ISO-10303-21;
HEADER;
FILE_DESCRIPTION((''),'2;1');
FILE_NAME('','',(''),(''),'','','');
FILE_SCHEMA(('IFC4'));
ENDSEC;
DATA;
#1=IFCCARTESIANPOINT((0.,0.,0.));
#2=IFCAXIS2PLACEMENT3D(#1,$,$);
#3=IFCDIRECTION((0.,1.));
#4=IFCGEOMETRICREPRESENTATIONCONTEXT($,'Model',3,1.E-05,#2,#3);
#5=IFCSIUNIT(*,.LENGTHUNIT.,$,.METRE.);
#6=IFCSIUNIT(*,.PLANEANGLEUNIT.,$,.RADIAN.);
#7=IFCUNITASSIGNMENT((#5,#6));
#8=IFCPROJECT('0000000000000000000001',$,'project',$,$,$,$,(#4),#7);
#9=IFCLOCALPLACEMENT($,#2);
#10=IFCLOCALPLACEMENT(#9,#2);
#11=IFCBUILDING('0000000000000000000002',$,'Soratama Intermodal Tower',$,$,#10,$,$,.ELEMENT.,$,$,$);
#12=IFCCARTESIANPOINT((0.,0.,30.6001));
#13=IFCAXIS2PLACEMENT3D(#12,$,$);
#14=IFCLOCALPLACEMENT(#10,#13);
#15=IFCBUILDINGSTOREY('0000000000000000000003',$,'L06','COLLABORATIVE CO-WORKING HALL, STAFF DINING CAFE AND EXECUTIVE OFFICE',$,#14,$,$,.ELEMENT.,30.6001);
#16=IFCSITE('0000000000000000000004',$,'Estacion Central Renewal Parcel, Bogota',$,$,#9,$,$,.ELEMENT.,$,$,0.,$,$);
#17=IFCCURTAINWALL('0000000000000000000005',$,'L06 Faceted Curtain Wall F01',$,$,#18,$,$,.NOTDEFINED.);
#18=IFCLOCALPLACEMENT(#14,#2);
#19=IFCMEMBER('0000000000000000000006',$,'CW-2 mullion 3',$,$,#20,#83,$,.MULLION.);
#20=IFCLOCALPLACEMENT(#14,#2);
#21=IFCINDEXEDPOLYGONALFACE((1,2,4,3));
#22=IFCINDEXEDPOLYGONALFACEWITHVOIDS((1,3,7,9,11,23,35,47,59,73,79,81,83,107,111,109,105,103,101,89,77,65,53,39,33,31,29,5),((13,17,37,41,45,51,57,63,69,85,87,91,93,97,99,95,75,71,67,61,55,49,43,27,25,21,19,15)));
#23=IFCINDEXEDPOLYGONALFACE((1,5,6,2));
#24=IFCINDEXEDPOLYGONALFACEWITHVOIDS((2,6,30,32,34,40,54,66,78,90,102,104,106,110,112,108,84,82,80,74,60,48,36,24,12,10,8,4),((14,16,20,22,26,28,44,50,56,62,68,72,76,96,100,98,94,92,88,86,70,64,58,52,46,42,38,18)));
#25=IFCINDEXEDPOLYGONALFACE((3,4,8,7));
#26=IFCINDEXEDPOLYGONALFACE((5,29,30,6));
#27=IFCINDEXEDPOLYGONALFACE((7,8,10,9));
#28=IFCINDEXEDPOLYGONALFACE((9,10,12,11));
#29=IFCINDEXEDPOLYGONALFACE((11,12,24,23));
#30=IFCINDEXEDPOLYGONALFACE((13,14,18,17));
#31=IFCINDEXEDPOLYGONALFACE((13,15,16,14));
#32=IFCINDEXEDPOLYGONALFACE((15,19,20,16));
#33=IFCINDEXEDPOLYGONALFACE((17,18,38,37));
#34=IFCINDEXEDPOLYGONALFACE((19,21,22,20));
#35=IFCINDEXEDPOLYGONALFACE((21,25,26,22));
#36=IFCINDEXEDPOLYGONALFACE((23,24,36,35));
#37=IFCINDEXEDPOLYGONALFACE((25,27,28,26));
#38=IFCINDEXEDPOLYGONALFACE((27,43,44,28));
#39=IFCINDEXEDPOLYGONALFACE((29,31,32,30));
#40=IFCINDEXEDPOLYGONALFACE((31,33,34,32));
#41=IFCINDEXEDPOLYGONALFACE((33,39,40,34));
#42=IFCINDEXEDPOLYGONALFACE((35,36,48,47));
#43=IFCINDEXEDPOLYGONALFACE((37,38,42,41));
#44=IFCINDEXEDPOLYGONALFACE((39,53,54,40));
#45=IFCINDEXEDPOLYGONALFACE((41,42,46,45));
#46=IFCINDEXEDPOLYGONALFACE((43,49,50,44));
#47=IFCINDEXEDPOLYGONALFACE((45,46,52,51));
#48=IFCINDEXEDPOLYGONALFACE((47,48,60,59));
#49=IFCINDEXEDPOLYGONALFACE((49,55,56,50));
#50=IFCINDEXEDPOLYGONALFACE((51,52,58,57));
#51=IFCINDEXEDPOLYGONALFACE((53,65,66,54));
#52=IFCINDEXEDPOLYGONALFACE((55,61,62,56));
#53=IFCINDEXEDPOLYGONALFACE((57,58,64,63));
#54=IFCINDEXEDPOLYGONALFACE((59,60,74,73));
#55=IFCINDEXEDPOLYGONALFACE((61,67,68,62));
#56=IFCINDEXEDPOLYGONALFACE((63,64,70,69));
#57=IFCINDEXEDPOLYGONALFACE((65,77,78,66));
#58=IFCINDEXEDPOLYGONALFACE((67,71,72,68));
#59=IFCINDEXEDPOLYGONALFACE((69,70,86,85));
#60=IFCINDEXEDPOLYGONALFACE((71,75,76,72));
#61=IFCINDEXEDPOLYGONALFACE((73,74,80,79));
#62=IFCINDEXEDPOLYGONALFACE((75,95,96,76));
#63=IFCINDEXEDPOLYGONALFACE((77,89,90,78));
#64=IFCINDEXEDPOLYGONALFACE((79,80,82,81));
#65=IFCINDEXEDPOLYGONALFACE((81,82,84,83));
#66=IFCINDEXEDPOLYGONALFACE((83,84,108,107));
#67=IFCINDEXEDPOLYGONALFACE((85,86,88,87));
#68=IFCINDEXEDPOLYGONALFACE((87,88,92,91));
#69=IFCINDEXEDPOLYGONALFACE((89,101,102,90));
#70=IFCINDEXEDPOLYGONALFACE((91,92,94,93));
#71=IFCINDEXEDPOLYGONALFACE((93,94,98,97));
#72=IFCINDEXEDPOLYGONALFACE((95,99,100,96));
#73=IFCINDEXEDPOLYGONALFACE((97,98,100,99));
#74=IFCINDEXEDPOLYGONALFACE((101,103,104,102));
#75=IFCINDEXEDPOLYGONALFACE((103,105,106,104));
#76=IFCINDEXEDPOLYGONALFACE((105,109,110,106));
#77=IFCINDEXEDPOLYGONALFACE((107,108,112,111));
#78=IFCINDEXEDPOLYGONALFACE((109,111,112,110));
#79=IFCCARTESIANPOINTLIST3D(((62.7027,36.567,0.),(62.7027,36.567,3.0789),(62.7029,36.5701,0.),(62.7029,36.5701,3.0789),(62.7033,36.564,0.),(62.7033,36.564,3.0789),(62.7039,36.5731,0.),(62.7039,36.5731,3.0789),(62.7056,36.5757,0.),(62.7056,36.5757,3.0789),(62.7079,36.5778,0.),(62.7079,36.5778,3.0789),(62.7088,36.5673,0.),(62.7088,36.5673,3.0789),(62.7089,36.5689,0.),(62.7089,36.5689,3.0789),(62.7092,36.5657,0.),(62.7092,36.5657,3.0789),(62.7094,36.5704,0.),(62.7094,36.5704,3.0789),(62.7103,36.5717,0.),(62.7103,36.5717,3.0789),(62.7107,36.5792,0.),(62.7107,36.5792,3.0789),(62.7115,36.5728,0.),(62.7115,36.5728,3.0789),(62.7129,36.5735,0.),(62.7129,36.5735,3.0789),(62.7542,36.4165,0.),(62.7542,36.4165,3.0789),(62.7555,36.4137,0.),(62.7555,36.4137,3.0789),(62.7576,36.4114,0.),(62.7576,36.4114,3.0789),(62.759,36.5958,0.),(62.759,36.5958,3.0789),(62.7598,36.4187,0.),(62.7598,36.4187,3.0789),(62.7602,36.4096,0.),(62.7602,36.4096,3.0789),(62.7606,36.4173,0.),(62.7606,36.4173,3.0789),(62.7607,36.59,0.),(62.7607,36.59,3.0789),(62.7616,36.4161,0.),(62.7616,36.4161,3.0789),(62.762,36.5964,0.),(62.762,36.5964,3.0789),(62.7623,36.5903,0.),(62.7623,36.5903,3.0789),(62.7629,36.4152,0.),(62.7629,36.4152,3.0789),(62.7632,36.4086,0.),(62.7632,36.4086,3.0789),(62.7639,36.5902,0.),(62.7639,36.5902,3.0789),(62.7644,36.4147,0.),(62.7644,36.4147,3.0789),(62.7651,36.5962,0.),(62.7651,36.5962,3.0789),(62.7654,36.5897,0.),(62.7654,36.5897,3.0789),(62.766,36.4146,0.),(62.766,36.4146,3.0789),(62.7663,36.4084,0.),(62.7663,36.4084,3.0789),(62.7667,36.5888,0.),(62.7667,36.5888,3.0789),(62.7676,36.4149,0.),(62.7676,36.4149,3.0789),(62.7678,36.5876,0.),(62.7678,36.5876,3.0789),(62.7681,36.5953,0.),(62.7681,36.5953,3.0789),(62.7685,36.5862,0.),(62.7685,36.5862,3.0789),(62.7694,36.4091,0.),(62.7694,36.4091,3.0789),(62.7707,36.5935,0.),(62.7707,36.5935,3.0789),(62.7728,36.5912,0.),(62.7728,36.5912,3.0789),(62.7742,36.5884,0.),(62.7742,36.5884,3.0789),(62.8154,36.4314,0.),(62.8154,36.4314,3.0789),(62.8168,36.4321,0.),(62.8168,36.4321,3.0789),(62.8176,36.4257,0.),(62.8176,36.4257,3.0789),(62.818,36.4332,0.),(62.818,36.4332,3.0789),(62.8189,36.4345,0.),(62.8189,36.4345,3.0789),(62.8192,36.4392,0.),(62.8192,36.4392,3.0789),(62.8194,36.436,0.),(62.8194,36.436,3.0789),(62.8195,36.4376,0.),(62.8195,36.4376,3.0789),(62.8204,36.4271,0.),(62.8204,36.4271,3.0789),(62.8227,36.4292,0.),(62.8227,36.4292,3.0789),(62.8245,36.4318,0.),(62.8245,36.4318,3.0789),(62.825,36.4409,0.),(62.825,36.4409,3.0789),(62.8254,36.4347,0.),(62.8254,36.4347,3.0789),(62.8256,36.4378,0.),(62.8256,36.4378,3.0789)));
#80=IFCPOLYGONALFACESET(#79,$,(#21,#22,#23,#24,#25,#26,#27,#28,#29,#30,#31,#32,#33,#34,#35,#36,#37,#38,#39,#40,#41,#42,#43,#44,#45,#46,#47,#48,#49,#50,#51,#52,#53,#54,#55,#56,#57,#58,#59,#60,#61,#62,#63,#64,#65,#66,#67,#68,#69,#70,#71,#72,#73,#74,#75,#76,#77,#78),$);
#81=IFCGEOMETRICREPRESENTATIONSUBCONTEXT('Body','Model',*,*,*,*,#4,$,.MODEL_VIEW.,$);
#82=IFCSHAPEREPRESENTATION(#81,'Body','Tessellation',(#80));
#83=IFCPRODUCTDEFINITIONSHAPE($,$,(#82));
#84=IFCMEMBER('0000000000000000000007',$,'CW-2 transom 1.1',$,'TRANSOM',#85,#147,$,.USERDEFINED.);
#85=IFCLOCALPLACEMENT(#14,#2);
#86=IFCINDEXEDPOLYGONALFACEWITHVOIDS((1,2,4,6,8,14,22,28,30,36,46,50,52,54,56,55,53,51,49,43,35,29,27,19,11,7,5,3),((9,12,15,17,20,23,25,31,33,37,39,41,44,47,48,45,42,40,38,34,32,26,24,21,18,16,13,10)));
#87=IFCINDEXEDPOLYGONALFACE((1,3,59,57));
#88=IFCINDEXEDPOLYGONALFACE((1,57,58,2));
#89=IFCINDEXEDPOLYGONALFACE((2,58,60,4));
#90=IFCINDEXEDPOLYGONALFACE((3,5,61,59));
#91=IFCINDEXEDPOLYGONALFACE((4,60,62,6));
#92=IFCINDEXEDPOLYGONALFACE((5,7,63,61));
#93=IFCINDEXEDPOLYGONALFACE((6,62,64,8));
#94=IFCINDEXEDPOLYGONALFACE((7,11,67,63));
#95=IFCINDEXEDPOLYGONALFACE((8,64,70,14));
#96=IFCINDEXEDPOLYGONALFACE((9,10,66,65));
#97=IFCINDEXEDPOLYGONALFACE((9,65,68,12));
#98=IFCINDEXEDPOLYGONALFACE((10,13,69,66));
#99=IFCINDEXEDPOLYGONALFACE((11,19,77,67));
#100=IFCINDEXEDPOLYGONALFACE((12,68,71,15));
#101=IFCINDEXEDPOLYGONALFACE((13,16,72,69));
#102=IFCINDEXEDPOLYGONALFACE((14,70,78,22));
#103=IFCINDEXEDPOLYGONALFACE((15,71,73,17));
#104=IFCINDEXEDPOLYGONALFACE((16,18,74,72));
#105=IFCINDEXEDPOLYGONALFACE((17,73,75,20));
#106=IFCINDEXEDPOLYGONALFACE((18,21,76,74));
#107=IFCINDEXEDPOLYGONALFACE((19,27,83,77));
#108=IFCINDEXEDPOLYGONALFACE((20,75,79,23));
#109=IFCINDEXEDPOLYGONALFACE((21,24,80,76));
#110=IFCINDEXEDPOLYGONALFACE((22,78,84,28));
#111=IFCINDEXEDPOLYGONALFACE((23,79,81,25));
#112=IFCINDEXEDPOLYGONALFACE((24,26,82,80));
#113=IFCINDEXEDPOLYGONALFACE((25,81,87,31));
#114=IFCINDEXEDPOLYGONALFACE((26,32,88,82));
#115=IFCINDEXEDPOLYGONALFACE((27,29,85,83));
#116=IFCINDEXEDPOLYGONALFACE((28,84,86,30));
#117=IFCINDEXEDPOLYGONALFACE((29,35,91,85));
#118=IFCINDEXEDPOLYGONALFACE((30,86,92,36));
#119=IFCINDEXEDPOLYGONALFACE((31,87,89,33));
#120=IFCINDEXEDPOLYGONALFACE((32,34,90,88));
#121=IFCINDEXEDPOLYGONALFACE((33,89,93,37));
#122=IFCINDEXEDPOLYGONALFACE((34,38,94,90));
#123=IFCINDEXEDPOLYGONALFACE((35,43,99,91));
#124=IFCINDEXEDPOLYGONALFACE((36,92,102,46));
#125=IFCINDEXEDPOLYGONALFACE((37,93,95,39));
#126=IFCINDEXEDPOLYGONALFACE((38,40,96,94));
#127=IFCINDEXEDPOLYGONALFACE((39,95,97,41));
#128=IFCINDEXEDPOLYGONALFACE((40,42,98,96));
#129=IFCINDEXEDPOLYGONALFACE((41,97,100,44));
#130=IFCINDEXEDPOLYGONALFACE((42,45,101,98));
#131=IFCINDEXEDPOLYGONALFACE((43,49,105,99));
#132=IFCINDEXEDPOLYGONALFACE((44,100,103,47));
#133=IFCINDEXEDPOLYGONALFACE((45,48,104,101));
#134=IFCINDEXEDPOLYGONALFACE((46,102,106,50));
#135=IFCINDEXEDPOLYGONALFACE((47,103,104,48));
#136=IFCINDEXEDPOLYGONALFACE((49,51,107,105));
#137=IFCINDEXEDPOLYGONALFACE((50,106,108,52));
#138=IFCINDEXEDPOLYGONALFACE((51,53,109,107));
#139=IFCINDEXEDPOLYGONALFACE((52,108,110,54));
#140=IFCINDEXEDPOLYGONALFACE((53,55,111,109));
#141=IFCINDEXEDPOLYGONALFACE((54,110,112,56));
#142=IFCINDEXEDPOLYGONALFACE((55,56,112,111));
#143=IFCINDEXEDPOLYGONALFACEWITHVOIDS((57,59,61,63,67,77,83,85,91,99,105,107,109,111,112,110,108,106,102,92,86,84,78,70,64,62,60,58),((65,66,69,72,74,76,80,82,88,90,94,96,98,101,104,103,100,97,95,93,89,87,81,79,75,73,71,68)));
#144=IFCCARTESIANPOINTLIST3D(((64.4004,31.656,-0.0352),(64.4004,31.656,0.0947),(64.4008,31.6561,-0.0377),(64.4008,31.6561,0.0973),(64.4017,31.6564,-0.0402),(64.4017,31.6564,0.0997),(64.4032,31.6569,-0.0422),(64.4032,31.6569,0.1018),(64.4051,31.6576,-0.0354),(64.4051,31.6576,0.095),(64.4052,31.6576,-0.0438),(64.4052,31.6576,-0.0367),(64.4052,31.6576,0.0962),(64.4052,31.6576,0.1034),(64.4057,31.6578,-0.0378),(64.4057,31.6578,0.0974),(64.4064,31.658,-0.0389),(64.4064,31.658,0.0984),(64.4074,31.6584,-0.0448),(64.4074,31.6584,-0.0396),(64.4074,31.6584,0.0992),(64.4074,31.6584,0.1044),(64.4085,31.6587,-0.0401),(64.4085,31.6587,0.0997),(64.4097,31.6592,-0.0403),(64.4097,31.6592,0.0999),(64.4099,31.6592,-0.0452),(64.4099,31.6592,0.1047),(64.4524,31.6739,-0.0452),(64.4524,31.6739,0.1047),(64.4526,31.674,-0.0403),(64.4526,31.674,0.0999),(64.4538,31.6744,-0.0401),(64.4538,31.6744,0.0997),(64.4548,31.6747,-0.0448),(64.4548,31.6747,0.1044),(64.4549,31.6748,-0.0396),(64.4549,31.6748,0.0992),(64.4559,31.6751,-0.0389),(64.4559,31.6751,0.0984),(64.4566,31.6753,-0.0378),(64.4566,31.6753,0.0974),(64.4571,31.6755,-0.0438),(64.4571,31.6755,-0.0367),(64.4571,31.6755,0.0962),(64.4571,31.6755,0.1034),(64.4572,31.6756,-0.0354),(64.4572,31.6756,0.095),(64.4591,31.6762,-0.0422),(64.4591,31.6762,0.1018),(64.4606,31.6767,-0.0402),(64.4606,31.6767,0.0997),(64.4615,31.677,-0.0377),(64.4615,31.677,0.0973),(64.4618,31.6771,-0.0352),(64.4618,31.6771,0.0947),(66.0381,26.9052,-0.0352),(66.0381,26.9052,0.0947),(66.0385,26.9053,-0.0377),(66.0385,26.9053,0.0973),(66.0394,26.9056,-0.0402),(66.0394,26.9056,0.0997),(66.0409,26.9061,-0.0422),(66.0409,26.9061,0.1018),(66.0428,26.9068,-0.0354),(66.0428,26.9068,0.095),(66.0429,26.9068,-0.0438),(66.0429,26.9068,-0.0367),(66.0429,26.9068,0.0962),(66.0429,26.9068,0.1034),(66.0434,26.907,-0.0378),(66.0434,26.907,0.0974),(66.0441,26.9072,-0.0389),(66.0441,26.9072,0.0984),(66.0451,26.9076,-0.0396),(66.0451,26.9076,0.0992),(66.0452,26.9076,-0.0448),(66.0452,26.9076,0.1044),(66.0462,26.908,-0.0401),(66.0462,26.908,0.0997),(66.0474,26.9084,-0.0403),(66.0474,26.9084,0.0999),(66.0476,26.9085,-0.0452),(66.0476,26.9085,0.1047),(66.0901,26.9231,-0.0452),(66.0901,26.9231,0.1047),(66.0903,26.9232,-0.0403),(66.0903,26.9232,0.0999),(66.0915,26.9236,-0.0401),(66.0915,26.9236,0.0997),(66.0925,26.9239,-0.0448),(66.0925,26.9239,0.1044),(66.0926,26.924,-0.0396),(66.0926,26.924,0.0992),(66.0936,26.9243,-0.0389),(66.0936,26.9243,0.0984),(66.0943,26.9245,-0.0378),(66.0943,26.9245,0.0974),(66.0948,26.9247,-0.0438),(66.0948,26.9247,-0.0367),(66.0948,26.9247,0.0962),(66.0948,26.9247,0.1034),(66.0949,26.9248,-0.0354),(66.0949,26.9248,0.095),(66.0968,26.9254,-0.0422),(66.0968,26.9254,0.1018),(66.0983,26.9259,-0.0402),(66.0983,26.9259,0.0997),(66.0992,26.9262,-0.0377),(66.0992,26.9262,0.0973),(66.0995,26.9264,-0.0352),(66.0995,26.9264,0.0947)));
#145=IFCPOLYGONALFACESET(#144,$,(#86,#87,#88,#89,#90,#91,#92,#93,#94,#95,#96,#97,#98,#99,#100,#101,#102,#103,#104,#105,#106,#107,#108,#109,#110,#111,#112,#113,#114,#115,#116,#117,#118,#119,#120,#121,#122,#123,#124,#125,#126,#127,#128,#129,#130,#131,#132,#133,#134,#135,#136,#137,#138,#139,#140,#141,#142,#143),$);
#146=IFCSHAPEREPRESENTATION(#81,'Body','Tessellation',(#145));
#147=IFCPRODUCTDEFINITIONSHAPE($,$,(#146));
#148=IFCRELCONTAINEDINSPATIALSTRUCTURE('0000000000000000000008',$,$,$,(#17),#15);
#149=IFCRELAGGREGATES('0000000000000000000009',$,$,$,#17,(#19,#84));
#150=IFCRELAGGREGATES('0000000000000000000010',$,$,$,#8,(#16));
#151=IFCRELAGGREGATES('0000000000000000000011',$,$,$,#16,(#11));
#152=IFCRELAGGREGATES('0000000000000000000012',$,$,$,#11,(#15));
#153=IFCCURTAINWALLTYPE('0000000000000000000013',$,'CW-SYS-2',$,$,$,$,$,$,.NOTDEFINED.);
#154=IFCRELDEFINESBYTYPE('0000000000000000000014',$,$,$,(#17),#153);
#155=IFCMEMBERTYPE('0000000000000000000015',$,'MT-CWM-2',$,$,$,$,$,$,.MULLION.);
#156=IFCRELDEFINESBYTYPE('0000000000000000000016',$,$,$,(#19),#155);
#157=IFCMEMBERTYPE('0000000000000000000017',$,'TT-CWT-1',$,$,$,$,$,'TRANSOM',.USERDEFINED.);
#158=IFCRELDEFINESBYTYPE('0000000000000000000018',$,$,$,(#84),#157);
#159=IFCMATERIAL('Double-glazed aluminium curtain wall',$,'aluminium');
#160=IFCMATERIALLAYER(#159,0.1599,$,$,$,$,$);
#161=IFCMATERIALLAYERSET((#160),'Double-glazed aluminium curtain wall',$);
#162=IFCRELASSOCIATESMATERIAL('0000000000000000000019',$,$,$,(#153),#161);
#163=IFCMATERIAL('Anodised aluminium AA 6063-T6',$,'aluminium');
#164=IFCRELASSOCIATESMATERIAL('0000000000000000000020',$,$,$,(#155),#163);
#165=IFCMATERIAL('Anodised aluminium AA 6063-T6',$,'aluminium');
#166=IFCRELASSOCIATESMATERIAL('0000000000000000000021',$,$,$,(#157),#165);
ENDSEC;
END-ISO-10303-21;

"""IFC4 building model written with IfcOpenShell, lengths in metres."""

from ifc_helpers import new_model, si_unit, direction, frame, origin, origin_2d, place, context, subcontext, project, spatial, hollow_rectangle, extrude, material, layer, layer_set, material_profile, profile_set, type_object, element, aggregate, save


model = new_model("IFC4")

# Units and contexts
model_context = context("Model", 3, precision=1e-05, world=origin(), true_north=direction((0.0, 1.0)))
body_context = subcontext(model_context, "Body", "Model", "MODEL_VIEW")
ifc_project = project(units=[si_unit("LENGTHUNIT", "METRE"), si_unit("PLANEANGLEUNIT", "RADIAN")], contexts=[model_context])

# Site, building, storey
site_placement = place(None, origin())
site = spatial("IfcSite", under=ifc_project, at=site_placement, Name="Estacion Central Renewal Parcel, Bogota", CompositionType="ELEMENT", RefElevation=0.0)
building_placement = place(site_placement, origin())
building = spatial("IfcBuilding", under=site, at=building_placement, Name="Soratama Intermodal Tower", CompositionType="ELEMENT")
storey_placement = place(building_placement, frame((0.0, 0.0, 30.6001)))
storey = spatial("IfcBuildingStorey", under=building, at=storey_placement, Name="L06", Description="COLLABORATIVE CO-WORKING HALL, STAFF DINING CAFE AND EXECUTIVE OFFICE", CompositionType="ELEMENT", Elevation=30.6001)

# Curtain wall, members
ifc_material_1 = material(Name="Double-glazed aluminium curtain wall", Category="aluminium")
ifc_layer_1 = layer(ifc_material_1, 0.1599)
ifc_layer_set_1 = layer_set([ifc_layer_1], Name="Double-glazed aluminium curtain wall")
curtain_wall_type = type_object("IfcCurtainWallType", Name="CW-SYS-2", PredefinedType="NOTDEFINED", material=ifc_layer_set_1)
curtain_wall_placement = place(storey_placement, origin())
curtain_wall = element("IfcCurtainWall", 1, at=curtain_wall_placement, inside=storey, type_object=curtain_wall_type, Name="L06 Faceted Curtain Wall F01", PredefinedType="NOTDEFINED")
ifc_material_2 = material(Name="Anodised aluminium AA 6063-T6", Category="aluminium")
ifc_material_profile_1 = material_profile(ifc_material_2, hollow_rectangle(XDim=0.075, YDim=0.1799, WallThickness=0.0061, InnerFilletRadius=0.0061, OuterFilletRadius=0.012, at=origin_2d()), Name="CWM180X75X6")
ifc_profile_set_1 = profile_set([ifc_material_profile_1], Name="Anodised aluminium AA 6063-T6")
member_type_1 = type_object("IfcMemberType", Name="MT-CWM-2", PredefinedType="MULLION", material=ifc_profile_set_1)
member_1_placement = place(storey_placement, frame((62.7642, 36.5024, 0.0), z_axis=(0.0, 0.0, 1.0), x_axis=(-0.945406, -0.325894, 0.0)))
member_1 = element("IfcMember", 2, at=member_1_placement, type_object=member_type_1, Name="CW-2 mullion 3", PredefinedType="MULLION", context=body_context, shape_type="SweptSolid", body=[
    extrude(hollow_rectangle(XDim=0.075, YDim=0.1799, WallThickness=0.0061, InnerFilletRadius=0.0061, OuterFilletRadius=0.012, at=origin_2d()), origin(), (0.0, 0.0, 1.0), 3.0789),
])
ifc_material_3 = material(Name="Anodised aluminium AA 6063-T6", Category="aluminium")
ifc_material_profile_2 = material_profile(ifc_material_3, hollow_rectangle(XDim=0.0649, YDim=0.1499, WallThickness=0.0049, InnerFilletRadius=0.0049, OuterFilletRadius=0.01, at=origin_2d()), Name="CWT150X65X5")
ifc_profile_set_2 = profile_set([ifc_material_profile_2], Name="Anodised aluminium AA 6063-T6")
member_type_2 = type_object("IfcMemberType", Name="TT-CWT-1", ElementType="TRANSOM", PredefinedType="USERDEFINED", material=ifc_profile_set_2)
member_2_placement = place(storey_placement, frame((66.0688, 26.9158, 0.0298), z_axis=(-0.325904, 0.945403, 0.0), x_axis=(-0.945403, -0.325904, 0.0)))
member_2 = element("IfcMember", 3, at=member_2_placement, type_object=member_type_2, Name="CW-2 transom 1.1", ObjectType="TRANSOM", PredefinedType="USERDEFINED", context=body_context, shape_type="SweptSolid", body=[
    extrude(hollow_rectangle(XDim=0.0649, YDim=0.1499, WallThickness=0.0049, InnerFilletRadius=0.0049, OuterFilletRadius=0.01, at=origin_2d()), origin(), (0.0, 0.0, 1.0), 5.0251),
])
aggregate(curtain_wall, [member_1, member_2])

save(model, "model.ifc")
